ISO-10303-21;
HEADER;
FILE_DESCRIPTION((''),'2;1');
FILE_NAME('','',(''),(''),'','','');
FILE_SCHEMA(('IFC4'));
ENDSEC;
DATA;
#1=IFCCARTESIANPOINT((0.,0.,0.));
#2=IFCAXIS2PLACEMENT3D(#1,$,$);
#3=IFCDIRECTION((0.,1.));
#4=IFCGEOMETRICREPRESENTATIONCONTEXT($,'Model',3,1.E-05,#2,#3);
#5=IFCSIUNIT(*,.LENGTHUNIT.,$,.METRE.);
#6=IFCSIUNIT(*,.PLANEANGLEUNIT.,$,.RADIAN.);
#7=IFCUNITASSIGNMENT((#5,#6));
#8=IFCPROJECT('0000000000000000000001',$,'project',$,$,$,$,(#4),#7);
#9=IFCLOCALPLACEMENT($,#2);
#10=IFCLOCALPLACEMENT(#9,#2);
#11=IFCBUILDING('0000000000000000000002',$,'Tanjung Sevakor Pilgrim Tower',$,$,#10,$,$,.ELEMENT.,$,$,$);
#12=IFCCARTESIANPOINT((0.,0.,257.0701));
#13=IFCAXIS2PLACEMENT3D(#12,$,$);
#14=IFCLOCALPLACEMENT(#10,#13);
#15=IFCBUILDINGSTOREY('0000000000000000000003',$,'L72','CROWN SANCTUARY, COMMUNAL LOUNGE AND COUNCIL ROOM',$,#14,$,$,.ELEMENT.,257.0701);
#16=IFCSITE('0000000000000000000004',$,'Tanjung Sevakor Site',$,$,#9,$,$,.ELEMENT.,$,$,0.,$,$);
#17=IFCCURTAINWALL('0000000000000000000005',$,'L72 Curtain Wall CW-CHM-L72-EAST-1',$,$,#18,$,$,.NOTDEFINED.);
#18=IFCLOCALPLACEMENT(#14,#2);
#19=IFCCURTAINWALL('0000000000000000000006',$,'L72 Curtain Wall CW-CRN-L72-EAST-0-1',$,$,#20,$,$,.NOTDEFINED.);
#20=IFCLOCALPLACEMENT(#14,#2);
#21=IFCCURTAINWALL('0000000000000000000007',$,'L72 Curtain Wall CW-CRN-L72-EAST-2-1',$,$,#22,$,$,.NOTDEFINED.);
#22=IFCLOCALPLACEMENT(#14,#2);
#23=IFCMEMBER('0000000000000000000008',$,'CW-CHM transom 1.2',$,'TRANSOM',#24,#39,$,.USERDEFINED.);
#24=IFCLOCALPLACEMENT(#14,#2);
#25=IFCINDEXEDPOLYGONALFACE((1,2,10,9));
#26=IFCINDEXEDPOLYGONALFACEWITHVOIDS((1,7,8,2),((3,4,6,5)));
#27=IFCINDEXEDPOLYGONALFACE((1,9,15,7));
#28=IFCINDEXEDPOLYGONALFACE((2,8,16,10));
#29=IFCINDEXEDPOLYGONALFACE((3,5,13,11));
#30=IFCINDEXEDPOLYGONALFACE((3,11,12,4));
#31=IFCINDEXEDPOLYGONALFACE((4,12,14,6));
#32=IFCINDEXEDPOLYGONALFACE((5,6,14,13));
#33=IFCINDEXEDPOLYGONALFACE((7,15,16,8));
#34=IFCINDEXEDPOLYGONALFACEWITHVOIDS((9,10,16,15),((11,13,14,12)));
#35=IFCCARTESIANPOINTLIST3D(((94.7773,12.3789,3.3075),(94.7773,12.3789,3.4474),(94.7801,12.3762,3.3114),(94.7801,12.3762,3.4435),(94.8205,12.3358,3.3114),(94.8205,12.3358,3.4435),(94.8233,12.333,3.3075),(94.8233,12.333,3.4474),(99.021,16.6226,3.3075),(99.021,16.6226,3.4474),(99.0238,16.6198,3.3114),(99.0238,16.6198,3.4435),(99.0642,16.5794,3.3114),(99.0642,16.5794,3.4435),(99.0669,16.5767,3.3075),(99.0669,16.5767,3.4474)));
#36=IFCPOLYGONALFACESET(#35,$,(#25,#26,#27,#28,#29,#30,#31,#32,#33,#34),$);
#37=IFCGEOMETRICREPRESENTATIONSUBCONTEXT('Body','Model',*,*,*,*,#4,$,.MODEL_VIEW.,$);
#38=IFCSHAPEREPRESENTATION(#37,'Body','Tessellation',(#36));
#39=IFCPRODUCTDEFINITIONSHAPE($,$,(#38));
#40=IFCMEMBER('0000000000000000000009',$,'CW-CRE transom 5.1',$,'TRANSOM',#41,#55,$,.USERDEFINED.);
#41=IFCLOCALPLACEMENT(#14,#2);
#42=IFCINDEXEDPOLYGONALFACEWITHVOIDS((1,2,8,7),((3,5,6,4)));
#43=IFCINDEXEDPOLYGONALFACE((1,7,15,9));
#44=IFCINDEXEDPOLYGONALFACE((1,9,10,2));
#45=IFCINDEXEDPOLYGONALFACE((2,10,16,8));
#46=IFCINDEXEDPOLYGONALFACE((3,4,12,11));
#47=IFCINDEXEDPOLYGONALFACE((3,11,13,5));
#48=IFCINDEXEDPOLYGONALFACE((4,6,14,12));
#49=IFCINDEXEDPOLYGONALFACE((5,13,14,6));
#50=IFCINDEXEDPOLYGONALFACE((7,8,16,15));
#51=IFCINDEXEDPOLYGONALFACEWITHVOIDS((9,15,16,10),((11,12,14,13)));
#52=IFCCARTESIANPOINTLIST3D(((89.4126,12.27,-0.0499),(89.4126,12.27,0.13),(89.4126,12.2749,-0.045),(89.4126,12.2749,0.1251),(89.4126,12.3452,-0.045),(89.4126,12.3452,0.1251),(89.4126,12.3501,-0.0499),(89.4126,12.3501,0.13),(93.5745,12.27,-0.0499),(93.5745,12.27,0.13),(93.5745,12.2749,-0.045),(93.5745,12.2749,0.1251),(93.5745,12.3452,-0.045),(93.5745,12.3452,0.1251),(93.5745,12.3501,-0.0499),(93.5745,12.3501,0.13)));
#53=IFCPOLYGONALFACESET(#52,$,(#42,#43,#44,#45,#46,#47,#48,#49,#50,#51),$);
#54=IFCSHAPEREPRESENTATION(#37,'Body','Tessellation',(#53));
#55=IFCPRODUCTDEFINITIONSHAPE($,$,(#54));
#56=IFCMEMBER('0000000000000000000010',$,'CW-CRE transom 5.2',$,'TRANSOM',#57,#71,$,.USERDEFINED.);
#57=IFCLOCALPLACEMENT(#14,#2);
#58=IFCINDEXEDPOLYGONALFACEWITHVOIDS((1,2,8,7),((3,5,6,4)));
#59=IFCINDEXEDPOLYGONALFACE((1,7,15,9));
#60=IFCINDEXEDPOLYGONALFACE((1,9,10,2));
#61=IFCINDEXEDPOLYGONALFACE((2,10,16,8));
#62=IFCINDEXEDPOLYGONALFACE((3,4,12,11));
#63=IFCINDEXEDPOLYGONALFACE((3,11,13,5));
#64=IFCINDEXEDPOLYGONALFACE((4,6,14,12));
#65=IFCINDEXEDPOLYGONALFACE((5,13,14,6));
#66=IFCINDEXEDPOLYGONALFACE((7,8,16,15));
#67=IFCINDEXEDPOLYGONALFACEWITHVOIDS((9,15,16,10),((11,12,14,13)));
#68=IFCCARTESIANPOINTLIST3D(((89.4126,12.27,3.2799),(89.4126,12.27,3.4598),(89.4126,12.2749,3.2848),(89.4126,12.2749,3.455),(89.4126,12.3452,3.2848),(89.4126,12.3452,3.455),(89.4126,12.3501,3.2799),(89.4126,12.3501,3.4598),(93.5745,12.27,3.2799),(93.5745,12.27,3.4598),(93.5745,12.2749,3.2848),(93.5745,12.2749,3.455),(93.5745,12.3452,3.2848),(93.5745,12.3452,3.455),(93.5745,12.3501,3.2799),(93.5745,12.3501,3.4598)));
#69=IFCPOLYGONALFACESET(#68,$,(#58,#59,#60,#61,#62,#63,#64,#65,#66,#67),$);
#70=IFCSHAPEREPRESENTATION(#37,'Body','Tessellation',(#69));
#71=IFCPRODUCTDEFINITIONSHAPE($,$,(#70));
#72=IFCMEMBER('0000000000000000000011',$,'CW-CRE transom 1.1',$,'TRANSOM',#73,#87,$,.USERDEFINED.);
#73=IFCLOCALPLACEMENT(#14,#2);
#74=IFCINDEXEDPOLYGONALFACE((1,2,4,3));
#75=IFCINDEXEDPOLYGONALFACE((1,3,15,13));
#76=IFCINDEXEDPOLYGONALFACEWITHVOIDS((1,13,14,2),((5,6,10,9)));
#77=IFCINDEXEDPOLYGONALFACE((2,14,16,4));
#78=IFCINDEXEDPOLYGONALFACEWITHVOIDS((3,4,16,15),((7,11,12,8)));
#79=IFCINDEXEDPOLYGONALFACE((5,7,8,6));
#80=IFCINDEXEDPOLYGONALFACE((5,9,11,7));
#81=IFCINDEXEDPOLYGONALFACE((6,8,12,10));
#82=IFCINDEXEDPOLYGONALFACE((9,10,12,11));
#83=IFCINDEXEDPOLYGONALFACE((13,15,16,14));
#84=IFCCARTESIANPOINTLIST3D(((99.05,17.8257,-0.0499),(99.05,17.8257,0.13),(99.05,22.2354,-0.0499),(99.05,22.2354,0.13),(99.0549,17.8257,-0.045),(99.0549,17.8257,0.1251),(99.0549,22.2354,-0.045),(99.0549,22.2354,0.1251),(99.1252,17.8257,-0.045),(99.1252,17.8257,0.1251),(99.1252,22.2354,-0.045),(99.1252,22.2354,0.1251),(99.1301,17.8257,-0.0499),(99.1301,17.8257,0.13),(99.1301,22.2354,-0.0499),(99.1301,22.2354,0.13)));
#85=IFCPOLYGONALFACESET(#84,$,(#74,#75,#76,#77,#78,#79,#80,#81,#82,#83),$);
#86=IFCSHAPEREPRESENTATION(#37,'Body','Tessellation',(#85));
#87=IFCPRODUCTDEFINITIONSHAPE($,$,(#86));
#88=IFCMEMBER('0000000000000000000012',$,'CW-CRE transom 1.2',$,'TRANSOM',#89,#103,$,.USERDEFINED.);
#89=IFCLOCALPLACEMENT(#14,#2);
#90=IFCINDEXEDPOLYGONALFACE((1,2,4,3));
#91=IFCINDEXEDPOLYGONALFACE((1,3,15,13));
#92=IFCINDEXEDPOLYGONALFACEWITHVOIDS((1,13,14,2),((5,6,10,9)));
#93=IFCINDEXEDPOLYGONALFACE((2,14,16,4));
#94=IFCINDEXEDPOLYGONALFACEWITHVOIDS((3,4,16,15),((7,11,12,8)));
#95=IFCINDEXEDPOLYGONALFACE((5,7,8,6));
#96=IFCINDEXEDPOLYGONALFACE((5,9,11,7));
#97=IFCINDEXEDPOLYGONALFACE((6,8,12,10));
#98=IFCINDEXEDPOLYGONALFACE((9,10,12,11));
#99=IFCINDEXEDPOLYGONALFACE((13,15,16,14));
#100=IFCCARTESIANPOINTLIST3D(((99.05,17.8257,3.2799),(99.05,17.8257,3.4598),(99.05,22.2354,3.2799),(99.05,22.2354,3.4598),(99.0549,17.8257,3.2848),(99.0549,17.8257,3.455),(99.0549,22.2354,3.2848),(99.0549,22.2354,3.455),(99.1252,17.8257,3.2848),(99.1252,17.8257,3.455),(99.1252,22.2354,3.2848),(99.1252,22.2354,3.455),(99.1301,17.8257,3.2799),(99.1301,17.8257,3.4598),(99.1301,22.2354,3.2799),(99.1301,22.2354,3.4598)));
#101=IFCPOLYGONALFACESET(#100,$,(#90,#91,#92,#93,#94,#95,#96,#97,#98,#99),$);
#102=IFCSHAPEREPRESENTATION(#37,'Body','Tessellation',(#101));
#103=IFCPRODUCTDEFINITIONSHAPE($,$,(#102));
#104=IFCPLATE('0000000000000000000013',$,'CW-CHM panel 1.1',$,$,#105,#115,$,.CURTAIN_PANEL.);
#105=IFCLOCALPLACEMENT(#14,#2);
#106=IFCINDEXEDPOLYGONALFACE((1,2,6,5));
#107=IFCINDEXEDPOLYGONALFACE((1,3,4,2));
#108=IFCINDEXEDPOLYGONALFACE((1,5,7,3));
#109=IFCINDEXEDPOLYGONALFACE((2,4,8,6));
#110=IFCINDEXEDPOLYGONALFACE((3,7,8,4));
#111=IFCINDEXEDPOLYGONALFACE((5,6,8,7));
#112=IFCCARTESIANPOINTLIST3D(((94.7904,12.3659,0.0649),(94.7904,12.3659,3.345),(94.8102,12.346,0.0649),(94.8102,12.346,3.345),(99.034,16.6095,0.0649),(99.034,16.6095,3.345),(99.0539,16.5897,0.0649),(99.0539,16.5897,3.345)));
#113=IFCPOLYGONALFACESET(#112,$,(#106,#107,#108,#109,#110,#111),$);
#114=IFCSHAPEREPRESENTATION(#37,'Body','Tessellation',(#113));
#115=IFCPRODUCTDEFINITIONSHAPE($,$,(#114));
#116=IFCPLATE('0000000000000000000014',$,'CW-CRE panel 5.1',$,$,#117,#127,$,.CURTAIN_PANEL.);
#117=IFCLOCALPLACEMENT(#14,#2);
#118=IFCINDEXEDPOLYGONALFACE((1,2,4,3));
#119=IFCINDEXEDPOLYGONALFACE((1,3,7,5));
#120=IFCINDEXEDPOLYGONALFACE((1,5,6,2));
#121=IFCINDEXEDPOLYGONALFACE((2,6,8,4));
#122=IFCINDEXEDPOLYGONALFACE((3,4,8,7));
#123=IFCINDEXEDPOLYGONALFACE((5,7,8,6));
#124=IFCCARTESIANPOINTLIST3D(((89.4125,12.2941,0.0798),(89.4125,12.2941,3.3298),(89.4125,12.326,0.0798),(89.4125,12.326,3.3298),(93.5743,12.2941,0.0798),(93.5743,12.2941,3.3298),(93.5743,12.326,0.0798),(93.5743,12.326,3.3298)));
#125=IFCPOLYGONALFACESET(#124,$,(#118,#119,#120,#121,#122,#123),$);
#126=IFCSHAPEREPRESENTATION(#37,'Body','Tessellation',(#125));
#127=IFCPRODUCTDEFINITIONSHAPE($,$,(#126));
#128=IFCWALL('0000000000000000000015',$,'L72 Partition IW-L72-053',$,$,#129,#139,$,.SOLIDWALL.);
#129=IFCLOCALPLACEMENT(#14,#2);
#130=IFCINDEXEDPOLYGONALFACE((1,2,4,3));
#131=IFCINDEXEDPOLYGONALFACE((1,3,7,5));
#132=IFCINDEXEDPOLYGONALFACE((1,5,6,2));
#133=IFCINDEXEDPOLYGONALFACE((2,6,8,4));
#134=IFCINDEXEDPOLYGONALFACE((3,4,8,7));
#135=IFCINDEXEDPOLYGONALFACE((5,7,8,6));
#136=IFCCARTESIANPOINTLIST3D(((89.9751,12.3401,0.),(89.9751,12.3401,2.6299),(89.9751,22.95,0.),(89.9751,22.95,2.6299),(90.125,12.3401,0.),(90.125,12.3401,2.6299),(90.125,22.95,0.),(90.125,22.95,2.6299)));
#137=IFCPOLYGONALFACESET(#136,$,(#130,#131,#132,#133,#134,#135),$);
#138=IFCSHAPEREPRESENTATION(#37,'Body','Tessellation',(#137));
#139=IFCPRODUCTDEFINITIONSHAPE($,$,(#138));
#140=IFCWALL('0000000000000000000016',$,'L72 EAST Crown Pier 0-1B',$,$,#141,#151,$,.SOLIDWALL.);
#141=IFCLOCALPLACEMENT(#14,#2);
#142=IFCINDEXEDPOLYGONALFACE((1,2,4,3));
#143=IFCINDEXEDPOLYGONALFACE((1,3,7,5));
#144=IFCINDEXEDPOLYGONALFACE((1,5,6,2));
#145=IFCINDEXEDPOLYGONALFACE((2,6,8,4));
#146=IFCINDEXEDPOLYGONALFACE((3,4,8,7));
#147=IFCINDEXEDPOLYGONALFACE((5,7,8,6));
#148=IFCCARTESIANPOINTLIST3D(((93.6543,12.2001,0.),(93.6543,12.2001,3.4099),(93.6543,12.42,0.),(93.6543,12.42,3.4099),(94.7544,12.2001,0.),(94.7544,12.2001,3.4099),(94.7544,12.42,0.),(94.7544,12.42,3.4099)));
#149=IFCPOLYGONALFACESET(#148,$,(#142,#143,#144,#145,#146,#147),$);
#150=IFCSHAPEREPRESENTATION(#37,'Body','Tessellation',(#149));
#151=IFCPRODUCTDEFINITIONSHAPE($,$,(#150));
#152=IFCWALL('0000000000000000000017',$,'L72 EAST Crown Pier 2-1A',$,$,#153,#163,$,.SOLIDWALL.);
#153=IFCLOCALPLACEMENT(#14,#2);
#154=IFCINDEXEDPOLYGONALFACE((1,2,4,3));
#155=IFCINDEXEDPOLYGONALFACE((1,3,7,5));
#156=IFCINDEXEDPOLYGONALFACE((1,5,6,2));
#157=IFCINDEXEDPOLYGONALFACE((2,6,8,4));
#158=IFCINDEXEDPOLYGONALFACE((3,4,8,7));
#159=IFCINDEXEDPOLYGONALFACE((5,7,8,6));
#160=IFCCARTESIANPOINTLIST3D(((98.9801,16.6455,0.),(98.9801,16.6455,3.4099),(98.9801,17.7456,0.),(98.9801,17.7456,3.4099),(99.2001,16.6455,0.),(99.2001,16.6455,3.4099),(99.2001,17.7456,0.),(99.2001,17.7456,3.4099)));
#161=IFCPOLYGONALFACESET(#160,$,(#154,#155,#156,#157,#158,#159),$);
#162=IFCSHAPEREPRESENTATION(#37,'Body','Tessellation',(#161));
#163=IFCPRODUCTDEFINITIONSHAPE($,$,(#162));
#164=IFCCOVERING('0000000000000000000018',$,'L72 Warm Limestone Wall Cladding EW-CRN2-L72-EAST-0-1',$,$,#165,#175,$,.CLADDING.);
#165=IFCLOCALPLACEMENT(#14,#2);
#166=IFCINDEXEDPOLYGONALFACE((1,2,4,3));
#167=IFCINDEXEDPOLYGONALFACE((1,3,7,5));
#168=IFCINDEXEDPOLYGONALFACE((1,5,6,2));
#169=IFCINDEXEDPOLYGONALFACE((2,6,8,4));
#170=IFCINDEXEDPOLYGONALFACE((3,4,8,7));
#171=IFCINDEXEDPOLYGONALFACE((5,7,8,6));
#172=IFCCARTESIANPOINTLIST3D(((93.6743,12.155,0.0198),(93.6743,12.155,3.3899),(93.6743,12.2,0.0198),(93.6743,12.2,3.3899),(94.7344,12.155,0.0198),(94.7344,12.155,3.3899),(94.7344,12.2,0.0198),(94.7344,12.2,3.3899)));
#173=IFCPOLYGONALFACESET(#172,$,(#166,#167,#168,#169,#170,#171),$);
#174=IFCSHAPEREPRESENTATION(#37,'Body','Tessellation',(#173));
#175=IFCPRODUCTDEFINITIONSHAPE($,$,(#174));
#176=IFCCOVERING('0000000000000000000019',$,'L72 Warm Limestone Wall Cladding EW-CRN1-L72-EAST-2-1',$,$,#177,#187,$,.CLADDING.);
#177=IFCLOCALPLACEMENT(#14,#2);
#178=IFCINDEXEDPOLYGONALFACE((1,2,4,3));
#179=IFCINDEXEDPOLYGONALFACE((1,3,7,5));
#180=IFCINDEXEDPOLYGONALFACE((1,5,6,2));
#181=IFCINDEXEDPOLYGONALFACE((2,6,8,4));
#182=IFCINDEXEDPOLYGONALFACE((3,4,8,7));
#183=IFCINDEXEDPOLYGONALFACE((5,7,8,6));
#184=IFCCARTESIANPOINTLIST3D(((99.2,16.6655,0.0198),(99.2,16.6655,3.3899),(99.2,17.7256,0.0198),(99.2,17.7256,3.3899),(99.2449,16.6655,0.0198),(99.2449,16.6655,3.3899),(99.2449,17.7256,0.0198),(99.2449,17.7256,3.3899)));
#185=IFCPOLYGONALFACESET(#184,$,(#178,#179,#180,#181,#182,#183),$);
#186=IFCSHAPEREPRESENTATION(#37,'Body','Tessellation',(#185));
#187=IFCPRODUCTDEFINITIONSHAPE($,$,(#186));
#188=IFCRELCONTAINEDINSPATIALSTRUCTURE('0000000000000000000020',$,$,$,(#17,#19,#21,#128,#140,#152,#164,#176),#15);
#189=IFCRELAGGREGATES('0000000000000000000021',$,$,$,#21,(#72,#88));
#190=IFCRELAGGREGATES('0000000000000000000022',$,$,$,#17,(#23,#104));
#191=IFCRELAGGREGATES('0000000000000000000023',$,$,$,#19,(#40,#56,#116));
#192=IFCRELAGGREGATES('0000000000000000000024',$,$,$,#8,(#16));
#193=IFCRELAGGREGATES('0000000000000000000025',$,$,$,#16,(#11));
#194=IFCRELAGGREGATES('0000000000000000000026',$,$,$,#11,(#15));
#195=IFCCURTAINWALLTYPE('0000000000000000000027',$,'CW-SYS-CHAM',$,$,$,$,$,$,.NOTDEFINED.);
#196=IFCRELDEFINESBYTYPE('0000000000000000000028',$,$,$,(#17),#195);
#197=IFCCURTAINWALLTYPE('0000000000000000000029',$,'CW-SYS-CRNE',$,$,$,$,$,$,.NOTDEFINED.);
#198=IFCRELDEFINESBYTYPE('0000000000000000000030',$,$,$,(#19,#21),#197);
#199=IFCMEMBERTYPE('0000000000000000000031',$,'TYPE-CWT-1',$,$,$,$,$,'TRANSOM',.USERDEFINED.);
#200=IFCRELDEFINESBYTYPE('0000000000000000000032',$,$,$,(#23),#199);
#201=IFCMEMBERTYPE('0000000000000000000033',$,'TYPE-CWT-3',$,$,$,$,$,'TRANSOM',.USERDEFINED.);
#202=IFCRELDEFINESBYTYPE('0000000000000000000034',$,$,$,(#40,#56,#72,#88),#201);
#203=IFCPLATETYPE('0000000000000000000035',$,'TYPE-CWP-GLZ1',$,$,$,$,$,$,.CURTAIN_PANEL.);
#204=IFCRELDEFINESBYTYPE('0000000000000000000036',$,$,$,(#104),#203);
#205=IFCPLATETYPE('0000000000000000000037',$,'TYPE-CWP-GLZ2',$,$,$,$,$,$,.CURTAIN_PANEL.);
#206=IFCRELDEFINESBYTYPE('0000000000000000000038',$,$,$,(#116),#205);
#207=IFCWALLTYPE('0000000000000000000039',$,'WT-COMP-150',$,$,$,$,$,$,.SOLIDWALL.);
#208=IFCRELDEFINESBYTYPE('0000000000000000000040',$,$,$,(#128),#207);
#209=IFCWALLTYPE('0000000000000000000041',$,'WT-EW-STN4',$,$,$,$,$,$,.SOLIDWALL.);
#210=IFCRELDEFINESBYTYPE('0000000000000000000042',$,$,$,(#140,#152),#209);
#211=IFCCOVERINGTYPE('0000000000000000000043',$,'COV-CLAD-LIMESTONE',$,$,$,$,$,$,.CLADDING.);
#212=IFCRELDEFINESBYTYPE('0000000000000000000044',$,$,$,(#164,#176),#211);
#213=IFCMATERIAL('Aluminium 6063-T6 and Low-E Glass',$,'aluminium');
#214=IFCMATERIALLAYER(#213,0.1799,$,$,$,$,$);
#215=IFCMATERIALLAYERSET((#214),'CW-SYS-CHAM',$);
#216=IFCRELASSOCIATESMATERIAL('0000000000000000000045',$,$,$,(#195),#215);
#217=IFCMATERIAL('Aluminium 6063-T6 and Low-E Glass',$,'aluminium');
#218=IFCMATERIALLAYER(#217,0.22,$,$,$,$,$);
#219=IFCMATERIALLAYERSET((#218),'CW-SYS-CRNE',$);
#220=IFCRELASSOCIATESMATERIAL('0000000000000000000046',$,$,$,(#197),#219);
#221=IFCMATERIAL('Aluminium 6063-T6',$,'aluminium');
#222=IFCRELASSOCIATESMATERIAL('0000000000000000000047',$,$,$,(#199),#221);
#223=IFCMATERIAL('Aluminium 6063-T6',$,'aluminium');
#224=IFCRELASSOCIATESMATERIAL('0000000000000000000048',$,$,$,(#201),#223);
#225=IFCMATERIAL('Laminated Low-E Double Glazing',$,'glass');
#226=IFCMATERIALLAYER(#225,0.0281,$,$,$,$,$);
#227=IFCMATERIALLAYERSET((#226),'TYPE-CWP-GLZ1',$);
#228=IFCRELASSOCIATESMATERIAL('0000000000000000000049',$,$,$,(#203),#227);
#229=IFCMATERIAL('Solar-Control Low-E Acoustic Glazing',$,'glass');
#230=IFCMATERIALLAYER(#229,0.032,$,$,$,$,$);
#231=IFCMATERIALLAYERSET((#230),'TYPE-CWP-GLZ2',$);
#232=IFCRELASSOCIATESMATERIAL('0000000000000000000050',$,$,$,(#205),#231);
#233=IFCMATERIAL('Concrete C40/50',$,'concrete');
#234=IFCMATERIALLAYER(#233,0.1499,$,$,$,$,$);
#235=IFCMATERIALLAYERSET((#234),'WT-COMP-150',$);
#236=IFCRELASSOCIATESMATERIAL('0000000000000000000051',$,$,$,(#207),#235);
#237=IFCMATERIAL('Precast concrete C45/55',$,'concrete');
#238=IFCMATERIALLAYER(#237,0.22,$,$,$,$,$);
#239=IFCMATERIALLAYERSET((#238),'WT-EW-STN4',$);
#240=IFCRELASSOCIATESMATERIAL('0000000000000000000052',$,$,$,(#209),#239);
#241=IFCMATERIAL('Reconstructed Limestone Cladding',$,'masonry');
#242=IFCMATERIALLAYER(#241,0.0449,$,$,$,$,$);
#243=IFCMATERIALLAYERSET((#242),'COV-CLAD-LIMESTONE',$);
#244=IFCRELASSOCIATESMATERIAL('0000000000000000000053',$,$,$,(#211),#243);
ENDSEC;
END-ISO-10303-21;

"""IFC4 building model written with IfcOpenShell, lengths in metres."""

from ifc_helpers import new_model, si_unit, direction, frame, frame_2d, origin, origin_2d, place, context, subcontext, project, spatial, rectangle, hollow_rectangle, extrude, material, layer, layer_set, material_profile, profile_set, type_object, element, aggregate, save


model = new_model("IFC4")

# Units and contexts
model_context = context("Model", 3, precision=1e-05, world=origin(), true_north=direction((0.0, 1.0)))
body_context = subcontext(model_context, "Body", "Model", "MODEL_VIEW")
ifc_project = project(units=[si_unit("LENGTHUNIT", "METRE"), si_unit("PLANEANGLEUNIT", "RADIAN")], contexts=[model_context])

# Site, building, storey
site_placement = place(None, origin())
site = spatial("IfcSite", under=ifc_project, at=site_placement, Name="Tanjung Sevakor Site", CompositionType="ELEMENT", RefElevation=0.0)
building_placement = place(site_placement, origin())
building = spatial("IfcBuilding", under=site, at=building_placement, Name="Tanjung Sevakor Pilgrim Tower", CompositionType="ELEMENT")
storey_placement = place(building_placement, frame((0.0, 0.0, 257.0701)))
storey = spatial("IfcBuildingStorey", under=building, at=storey_placement, Name="L72", Description="CROWN SANCTUARY, COMMUNAL LOUNGE AND COUNCIL ROOM", CompositionType="ELEMENT", Elevation=257.0701)

# Curtain walls
ifc_material_1 = material(Name="Aluminium 6063-T6 and Low-E Glass", Category="aluminium")
ifc_layer_1 = layer(ifc_material_1, 0.1799)
ifc_layer_set_1 = layer_set([ifc_layer_1], Name="CW-SYS-CHAM")
curtain_wall_type_1 = type_object("IfcCurtainWallType", Name="CW-SYS-CHAM", PredefinedType="NOTDEFINED", material=ifc_layer_set_1)
curtain_wall_1_placement = place(storey_placement, origin())
curtain_wall_1 = element("IfcCurtainWall", 1, at=curtain_wall_1_placement, inside=storey, type_object=curtain_wall_type_1, Name="L72 Curtain Wall CW-CHM-L72-EAST-1", PredefinedType="NOTDEFINED")
ifc_material_2 = material(Name="Aluminium 6063-T6 and Low-E Glass", Category="aluminium")
ifc_layer_2 = layer(ifc_material_2, 0.22)
ifc_layer_set_2 = layer_set([ifc_layer_2], Name="CW-SYS-CRNE")
curtain_wall_type_2 = type_object("IfcCurtainWallType", Name="CW-SYS-CRNE", PredefinedType="NOTDEFINED", material=ifc_layer_set_2)
curtain_wall_2_placement = place(storey_placement, origin())
curtain_wall_2 = element("IfcCurtainWall", 2, at=curtain_wall_2_placement, inside=storey, type_object=curtain_wall_type_2, Name="L72 Curtain Wall CW-CRN-L72-EAST-0-1", PredefinedType="NOTDEFINED")

# Curtain wall
curtain_wall_3_placement = place(storey_placement, origin())
curtain_wall_3 = element("IfcCurtainWall", 3, at=curtain_wall_3_placement, inside=storey, type_object=curtain_wall_type_2, Name="L72 Curtain Wall CW-CRN-L72-EAST-2-1", PredefinedType="NOTDEFINED")

# Members
ifc_material_3 = material(Name="Aluminium 6063-T6", Category="aluminium")
ifc_material_profile_1 = material_profile(ifc_material_3, hollow_rectangle(XDim=0.0649, YDim=0.1399, WallThickness=0.0039, at=origin_2d()))
ifc_profile_set_1 = profile_set([ifc_material_profile_1], Name="Aluminium 6063-T6")
member_type_1 = type_object("IfcMemberType", Name="TYPE-CWT-1", ElementType="TRANSOM", PredefinedType="USERDEFINED", material=ifc_profile_set_1)
member_1_placement = place(storey_placement, frame((94.8003, 12.356, 3.3774), z_axis=(0.707107, 0.707107, 0.0), x_axis=(-0.707107, 0.707107, 0.0)))
member_1 = element("IfcMember", 4, at=member_1_placement, type_object=member_type_1, Name="CW-CHM transom 1.2", ObjectType="TRANSOM", PredefinedType="USERDEFINED", context=body_context, shape_type="SweptSolid", body=[
    extrude(hollow_rectangle(XDim=0.0649, YDim=0.1399, WallThickness=0.0039, at=origin_2d()), origin(), (0.0, 0.0, 1.0), 6.0015),
])
ifc_material_4 = material(Name="Aluminium 6063-T6", Category="aluminium")
ifc_material_profile_2 = material_profile(ifc_material_4, hollow_rectangle(XDim=0.0801, YDim=0.1799, WallThickness=0.0049, at=origin_2d()))
ifc_profile_set_2 = profile_set([ifc_material_profile_2], Name="Aluminium 6063-T6")
member_type_2 = type_object("IfcMemberType", Name="TYPE-CWT-3", ElementType="TRANSOM", PredefinedType="USERDEFINED", material=ifc_profile_set_2)
member_2_placement = place(storey_placement, frame((89.4126, 12.3101, 0.04), z_axis=(1.0, 0.0, 0.0), x_axis=(0.0, 1.0, 0.0)))
member_2 = element("IfcMember", 5, at=member_2_placement, type_object=member_type_2, Name="CW-CRE transom 5.1", ObjectType="TRANSOM", PredefinedType="USERDEFINED", context=body_context, shape_type="SweptSolid", body=[
    extrude(hollow_rectangle(XDim=0.0801, YDim=0.1799, WallThickness=0.0049, at=origin_2d()), origin(), (0.0, 0.0, 1.0), 4.1619),
])
member_3_placement = place(storey_placement, frame((89.4126, 12.3101, 3.3699), z_axis=(1.0, 0.0, 0.0), x_axis=(0.0, 1.0, 0.0)))
member_3 = element("IfcMember", 6, at=member_3_placement, type_object=member_type_2, Name="CW-CRE transom 5.2", ObjectType="TRANSOM", PredefinedType="USERDEFINED", context=body_context, shape_type="SweptSolid", body=[
    extrude(hollow_rectangle(XDim=0.0801, YDim=0.1799, WallThickness=0.0049, at=origin_2d()), origin(), (0.0, 0.0, 1.0), 4.1619),
])
member_4_placement = place(storey_placement, frame((99.0901, 17.8257, 0.04), z_axis=(0.0, 1.0, 0.0), x_axis=(-1.0, 0.0, 0.0)))
member_4 = element("IfcMember", 7, at=member_4_placement, type_object=member_type_2, Name="CW-CRE transom 1.1", ObjectType="TRANSOM", PredefinedType="USERDEFINED", context=body_context, shape_type="SweptSolid", body=[
    extrude(hollow_rectangle(XDim=0.0801, YDim=0.1799, WallThickness=0.0049, at=origin_2d()), origin(), (0.0, 0.0, 1.0), 4.4097),
])
member_5_placement = place(storey_placement, frame((99.0901, 17.8257, 3.3699), z_axis=(0.0, 1.0, 0.0), x_axis=(-1.0, 0.0, 0.0)))
member_5 = element("IfcMember", 8, at=member_5_placement, type_object=member_type_2, Name="CW-CRE transom 1.2", ObjectType="TRANSOM", PredefinedType="USERDEFINED", context=body_context, shape_type="SweptSolid", body=[
    extrude(hollow_rectangle(XDim=0.0801, YDim=0.1799, WallThickness=0.0049, at=origin_2d()), origin(), (0.0, 0.0, 1.0), 4.4097),
])
aggregate(curtain_wall_3, [member_4, member_5])

# Plates
ifc_material_5 = material(Name="Laminated Low-E Double Glazing", Category="glass")
ifc_layer_3 = layer(ifc_material_5, 0.0281)
ifc_layer_set_3 = layer_set([ifc_layer_3], Name="TYPE-CWP-GLZ1")
plate_type_1 = type_object("IfcPlateType", Name="TYPE-CWP-GLZ1", PredefinedType="CURTAIN_PANEL", material=ifc_layer_set_3)
plate_1_placement = place(storey_placement, frame((96.9221, 14.4778, 0.0649), z_axis=(0.0, 0.0, 1.0), x_axis=(0.707107, 0.707107, 0.0)))
plate_1 = element("IfcPlate", 9, at=plate_1_placement, type_object=plate_type_1, Name="CW-CHM panel 1.1", PredefinedType="CURTAIN_PANEL", context=body_context, shape_type="SweptSolid", body=[
    extrude(rectangle(XDim=6.0015, YDim=0.0281, at=origin_2d()), origin(), (0.0, 0.0, 1.0), 3.28),
])
aggregate(curtain_wall_1, [member_1, plate_1])
ifc_material_6 = material(Name="Solar-Control Low-E Acoustic Glazing", Category="glass")
ifc_layer_4 = layer(ifc_material_6, 0.032)
ifc_layer_set_4 = layer_set([ifc_layer_4], Name="TYPE-CWP-GLZ2")
plate_type_2 = type_object("IfcPlateType", Name="TYPE-CWP-GLZ2", PredefinedType="CURTAIN_PANEL", material=ifc_layer_set_4)
plate_2_placement = place(storey_placement, frame((91.4934, 12.3101, 0.0798), z_axis=(0.0, 0.0, 1.0), x_axis=(1.0, 0.0, 0.0)))
plate_2 = element("IfcPlate", 10, at=plate_2_placement, type_object=plate_type_2, Name="CW-CRE panel 5.1", PredefinedType="CURTAIN_PANEL", context=body_context, shape_type="SweptSolid", body=[
    extrude(rectangle(XDim=4.1619, YDim=0.032, at=origin_2d()), origin(), (0.0, 0.0, 1.0), 3.25),
])
aggregate(curtain_wall_2, [member_2, member_3, plate_2])

# Walls
ifc_material_7 = material(Name="Concrete C40/50", Category="concrete")
ifc_layer_5 = layer(ifc_material_7, 0.1499)
ifc_layer_set_5 = layer_set([ifc_layer_5], Name="WT-COMP-150")
wall_type_1 = type_object("IfcWallType", Name="WT-COMP-150", PredefinedType="SOLIDWALL", material=ifc_layer_set_5)
wall_1_placement = place(storey_placement, frame((90.05, 12.3401, 0.0), z_axis=(0.0, 0.0, 1.0), x_axis=(0.0, 1.0, 0.0)))
element("IfcWall", 11, at=wall_1_placement, inside=storey, type_object=wall_type_1, Name="L72 Partition IW-L72-053", PredefinedType="SOLIDWALL", context=body_context, shape_type="SweptSolid", body=[
    extrude(rectangle(XDim=10.6099, YDim=0.1499, at=frame_2d((5.3049, 0.0))), origin(), (0.0, 0.0, 1.0), 2.6299),
])
ifc_material_8 = material(Name="Precast concrete C45/55", Category="concrete")
ifc_layer_6 = layer(ifc_material_8, 0.22)
ifc_layer_set_6 = layer_set([ifc_layer_6], Name="WT-EW-STN4")
wall_type_2 = type_object("IfcWallType", Name="WT-EW-STN4", PredefinedType="SOLIDWALL", material=ifc_layer_set_6)
for number, where, z_axis, x_axis, name in (
    (12, (93.6543, 12.3101, 0.0), (0.0, 0.0, 1.0), (1.0, 0.0, 0.0), "L72 EAST Crown Pier 0-1B"),
    (13, (99.0901, 16.6455, 0.0), (0.0, 0.0, 1.0), (0.0, 1.0, 0.0), "L72 EAST Crown Pier 2-1A"),
):
    element("IfcWall", number, at=place(storey_placement, frame(where, z_axis=z_axis, x_axis=x_axis)), inside=storey, type_object=wall_type_2, Name=name, PredefinedType="SOLIDWALL", context=body_context, shape_type="SweptSolid", body=[
        extrude(rectangle(XDim=1.1001, YDim=0.22, at=frame_2d((0.55, 0.0))), origin(), (0.0, 0.0, 1.0), 3.4099),
    ])

# Coverings
ifc_material_9 = material(Name="Reconstructed Limestone Cladding", Category="masonry")
ifc_layer_7 = layer(ifc_material_9, 0.0449)
ifc_layer_set_7 = layer_set([ifc_layer_7], Name="COV-CLAD-LIMESTONE")
covering_type = type_object("IfcCoveringType", Name="COV-CLAD-LIMESTONE", PredefinedType="CLADDING", material=ifc_layer_set_7)
for number, where, z_axis, x_axis, name in (
    (14, (94.2043, 12.1775, 0.0198), (0.0, 0.0, 1.0), (1.0, 0.0, 0.0), "L72 Warm Limestone Wall Cladding EW-CRN2-L72-EAST-0-1"),
    (15, (99.2224, 17.1956, 0.0198), (0.0, 0.0, 1.0), (0.0, 1.0, 0.0), "L72 Warm Limestone Wall Cladding EW-CRN1-L72-EAST-2-1"),
):
    element("IfcCovering", number, at=place(storey_placement, frame(where, z_axis=z_axis, x_axis=x_axis)), inside=storey, type_object=covering_type, Name=name, PredefinedType="CLADDING", context=body_context, shape_type="SweptSolid", body=[
        extrude(rectangle(XDim=1.0601, YDim=0.0449, at=origin_2d()), origin(), (0.0, 0.0, 1.0), 3.3701),
    ])

save(model, "model.ifc")
